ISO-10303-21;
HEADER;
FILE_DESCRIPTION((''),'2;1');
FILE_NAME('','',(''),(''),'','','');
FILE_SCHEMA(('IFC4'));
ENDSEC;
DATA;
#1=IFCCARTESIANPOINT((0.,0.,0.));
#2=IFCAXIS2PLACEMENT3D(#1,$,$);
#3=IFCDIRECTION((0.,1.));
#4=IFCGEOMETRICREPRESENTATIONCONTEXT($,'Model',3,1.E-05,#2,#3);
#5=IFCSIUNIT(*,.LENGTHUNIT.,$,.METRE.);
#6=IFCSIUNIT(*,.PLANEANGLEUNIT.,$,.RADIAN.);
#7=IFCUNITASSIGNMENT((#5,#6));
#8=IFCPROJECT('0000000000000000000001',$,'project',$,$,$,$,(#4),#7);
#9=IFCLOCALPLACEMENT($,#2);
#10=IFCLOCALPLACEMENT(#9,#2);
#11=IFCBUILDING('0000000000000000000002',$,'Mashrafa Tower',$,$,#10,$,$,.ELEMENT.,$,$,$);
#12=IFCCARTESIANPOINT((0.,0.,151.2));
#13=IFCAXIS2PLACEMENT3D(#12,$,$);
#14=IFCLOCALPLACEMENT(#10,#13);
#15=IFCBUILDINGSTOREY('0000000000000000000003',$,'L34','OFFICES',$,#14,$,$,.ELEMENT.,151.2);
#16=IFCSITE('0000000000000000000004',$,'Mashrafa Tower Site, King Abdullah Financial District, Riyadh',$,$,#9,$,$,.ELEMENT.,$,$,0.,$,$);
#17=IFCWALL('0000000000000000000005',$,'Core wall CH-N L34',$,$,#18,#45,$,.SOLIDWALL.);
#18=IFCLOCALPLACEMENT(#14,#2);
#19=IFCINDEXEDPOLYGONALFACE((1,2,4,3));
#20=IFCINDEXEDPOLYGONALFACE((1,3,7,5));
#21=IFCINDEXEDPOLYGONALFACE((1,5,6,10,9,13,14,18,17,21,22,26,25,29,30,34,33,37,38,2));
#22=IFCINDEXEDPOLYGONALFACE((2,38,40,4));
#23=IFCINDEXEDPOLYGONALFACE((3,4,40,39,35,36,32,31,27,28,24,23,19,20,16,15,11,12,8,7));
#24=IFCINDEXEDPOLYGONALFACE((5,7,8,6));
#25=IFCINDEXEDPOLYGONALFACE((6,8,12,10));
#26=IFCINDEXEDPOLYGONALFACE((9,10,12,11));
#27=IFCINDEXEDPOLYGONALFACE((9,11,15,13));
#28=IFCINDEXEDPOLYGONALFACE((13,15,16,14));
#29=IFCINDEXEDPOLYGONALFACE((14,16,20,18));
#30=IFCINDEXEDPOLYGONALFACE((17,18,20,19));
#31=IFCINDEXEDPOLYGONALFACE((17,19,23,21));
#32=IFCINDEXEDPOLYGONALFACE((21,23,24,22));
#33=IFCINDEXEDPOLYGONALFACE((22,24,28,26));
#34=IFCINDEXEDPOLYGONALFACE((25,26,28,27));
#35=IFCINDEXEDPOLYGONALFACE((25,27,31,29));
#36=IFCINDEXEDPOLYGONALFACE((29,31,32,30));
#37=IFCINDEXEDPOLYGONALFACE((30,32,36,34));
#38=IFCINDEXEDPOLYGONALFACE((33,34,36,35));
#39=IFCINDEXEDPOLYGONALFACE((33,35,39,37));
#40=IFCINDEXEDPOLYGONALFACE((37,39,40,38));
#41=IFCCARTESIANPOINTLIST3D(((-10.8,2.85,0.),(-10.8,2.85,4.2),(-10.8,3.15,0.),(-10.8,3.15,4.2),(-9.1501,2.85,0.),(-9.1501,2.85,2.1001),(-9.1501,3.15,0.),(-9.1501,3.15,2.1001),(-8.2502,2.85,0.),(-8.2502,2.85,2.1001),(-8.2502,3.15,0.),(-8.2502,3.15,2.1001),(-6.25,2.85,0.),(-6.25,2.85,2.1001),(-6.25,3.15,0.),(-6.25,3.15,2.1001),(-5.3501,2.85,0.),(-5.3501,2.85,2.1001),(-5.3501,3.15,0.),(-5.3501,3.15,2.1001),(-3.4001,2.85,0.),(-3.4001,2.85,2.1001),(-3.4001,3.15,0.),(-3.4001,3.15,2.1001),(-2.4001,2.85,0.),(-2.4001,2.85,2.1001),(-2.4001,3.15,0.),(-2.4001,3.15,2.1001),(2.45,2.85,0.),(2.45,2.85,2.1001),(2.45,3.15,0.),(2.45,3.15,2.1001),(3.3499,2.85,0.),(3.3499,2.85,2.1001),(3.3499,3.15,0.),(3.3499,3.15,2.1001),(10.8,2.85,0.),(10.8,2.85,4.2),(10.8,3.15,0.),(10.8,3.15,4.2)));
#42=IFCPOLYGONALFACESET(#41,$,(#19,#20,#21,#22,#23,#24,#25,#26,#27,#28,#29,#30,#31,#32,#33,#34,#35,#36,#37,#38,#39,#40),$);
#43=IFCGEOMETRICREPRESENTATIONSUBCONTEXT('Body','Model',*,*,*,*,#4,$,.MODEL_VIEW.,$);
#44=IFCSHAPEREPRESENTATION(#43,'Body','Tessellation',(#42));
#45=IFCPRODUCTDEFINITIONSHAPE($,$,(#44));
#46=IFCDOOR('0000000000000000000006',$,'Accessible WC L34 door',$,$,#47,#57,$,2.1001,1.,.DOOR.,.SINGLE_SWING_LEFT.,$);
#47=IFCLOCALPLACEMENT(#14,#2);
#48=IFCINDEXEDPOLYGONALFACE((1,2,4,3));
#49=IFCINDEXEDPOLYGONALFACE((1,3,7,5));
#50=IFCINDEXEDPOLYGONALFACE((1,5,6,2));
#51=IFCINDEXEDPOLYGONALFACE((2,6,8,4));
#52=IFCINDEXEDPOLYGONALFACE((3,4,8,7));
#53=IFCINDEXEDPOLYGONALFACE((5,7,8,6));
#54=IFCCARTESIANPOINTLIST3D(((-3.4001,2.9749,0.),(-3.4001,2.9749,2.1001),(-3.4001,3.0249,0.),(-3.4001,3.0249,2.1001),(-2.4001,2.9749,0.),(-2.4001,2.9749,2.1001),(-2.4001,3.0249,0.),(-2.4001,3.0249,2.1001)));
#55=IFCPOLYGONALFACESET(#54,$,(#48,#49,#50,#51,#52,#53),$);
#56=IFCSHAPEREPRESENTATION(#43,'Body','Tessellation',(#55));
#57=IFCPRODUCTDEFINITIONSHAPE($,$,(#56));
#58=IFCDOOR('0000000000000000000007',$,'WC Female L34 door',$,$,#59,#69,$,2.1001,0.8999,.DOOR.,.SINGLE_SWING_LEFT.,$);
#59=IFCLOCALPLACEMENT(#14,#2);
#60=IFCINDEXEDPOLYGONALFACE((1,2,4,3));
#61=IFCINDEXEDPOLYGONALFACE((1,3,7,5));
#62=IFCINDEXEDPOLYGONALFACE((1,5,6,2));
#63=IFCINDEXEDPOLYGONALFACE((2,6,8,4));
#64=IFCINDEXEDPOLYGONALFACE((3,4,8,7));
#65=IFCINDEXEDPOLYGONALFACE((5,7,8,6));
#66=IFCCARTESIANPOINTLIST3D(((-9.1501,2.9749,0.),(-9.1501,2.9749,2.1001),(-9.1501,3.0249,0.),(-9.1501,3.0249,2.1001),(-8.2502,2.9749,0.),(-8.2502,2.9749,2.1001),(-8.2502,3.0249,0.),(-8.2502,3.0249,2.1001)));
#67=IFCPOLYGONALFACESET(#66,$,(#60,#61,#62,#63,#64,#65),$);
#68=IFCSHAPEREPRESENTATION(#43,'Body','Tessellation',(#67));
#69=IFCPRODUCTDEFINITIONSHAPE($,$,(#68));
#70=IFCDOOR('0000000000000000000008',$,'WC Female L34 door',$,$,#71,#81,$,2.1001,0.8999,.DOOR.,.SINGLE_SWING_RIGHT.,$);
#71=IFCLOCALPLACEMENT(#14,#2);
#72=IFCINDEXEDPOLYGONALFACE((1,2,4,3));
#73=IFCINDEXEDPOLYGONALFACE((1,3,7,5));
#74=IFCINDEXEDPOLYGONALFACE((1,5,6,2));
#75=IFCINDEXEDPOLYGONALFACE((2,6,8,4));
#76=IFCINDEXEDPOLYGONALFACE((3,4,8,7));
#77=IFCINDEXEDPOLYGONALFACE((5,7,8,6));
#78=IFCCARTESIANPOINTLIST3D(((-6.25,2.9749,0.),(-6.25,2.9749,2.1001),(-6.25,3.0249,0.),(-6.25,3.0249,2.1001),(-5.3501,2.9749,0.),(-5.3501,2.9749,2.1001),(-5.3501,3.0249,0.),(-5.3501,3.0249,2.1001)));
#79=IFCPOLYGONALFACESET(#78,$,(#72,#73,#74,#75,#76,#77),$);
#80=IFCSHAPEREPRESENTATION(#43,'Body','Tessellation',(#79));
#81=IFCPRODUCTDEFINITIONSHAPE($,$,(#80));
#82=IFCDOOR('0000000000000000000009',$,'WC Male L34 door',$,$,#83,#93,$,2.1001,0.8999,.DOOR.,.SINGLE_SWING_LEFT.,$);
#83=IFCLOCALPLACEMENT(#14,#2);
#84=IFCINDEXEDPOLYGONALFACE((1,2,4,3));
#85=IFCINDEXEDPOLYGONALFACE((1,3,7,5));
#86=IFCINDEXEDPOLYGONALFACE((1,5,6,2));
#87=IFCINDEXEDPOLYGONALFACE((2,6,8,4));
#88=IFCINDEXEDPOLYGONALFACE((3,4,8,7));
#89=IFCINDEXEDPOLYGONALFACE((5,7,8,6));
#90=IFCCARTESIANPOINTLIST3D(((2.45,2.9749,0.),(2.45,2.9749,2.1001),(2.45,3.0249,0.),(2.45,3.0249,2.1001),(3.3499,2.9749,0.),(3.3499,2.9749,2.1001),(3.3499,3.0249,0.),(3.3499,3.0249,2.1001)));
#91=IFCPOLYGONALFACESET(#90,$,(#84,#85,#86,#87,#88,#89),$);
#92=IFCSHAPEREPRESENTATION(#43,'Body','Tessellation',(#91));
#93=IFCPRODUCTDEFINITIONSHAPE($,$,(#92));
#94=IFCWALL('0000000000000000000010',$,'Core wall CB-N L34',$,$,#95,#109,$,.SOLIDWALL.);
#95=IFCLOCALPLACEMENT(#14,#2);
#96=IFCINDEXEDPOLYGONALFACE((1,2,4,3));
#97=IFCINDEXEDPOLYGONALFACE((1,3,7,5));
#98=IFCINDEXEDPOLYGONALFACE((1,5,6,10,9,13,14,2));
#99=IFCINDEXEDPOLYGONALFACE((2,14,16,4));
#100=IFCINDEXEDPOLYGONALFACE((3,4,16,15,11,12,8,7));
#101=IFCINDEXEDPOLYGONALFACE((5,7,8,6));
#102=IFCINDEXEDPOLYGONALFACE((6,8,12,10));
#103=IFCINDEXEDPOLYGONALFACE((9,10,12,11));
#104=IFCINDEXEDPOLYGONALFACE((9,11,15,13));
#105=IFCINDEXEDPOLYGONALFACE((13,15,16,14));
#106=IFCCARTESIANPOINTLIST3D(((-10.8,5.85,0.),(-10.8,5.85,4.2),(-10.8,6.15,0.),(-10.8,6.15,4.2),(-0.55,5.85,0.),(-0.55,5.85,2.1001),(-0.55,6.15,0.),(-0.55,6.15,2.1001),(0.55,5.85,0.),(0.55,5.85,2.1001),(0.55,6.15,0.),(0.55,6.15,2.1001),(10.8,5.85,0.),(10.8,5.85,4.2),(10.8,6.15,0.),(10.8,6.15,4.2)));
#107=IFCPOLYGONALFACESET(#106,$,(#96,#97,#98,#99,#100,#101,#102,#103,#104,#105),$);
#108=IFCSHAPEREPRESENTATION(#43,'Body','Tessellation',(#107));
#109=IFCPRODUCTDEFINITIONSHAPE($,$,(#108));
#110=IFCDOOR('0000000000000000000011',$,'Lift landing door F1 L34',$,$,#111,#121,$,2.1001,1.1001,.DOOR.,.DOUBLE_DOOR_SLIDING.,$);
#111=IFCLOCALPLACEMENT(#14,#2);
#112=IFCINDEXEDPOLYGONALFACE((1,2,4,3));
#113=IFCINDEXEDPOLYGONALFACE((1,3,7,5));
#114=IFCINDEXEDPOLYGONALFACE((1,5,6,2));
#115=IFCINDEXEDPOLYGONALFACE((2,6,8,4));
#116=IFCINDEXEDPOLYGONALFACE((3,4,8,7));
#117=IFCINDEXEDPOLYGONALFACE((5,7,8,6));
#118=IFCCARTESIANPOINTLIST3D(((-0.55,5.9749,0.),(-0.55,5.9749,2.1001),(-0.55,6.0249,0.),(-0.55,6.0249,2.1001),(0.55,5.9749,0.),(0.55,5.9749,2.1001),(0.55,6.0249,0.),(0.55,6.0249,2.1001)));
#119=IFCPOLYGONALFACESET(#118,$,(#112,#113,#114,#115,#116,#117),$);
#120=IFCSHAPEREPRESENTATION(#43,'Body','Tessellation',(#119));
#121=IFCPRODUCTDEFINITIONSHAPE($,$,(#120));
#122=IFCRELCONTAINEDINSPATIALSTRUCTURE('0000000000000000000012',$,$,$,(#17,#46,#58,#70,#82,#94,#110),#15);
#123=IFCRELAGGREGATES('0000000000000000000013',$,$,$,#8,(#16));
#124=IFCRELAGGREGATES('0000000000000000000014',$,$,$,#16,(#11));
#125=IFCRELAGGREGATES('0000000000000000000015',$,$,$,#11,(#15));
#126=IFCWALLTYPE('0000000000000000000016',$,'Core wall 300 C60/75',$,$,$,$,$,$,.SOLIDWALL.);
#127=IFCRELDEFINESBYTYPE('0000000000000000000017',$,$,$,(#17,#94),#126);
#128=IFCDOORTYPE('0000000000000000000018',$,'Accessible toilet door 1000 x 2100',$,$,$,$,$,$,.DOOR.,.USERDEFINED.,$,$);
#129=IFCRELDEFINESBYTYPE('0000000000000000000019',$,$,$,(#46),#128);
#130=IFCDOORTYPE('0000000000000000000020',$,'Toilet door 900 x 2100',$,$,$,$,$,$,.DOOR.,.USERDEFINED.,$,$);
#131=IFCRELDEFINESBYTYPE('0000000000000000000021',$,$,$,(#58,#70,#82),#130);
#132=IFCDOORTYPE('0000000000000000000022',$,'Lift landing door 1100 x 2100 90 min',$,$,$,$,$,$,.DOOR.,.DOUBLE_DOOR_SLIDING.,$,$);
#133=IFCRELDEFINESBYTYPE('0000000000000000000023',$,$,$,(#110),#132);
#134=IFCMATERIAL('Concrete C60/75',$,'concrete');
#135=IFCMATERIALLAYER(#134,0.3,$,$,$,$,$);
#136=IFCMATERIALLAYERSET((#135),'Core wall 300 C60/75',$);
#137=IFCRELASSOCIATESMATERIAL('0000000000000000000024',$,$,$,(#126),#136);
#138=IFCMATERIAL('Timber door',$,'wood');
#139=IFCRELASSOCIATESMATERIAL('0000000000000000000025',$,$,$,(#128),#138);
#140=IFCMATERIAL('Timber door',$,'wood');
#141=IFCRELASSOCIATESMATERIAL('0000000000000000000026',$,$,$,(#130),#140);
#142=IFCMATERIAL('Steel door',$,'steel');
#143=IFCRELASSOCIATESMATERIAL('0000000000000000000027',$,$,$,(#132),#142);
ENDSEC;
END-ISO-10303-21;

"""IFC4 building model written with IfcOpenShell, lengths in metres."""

from ifc_helpers import new_model, si_unit, direction, frame, frame_2d, origin, place, context, subcontext, project, spatial, rectangle, extrude, material, layer, layer_set, type_object, element, fill, save


model = new_model("IFC4")

# Units and contexts
model_context = context("Model", 3, precision=1e-05, world=origin(), true_north=direction((0.0, 1.0)))
body_context = subcontext(model_context, "Body", "Model", "MODEL_VIEW")
ifc_project = project(units=[si_unit("LENGTHUNIT", "METRE"), si_unit("PLANEANGLEUNIT", "RADIAN")], contexts=[model_context])

# Site, building, storey
site_placement = place(None, origin())
site = spatial("IfcSite", under=ifc_project, at=site_placement, Name="Mashrafa Tower Site, King Abdullah Financial District, Riyadh", CompositionType="ELEMENT", RefElevation=0.0)
building_placement = place(site_placement, origin())
building = spatial("IfcBuilding", under=site, at=building_placement, Name="Mashrafa Tower", CompositionType="ELEMENT")
storey_placement = place(building_placement, frame((0.0, 0.0, 151.2)))
storey = spatial("IfcBuildingStorey", under=building, at=storey_placement, Name="L34", Description="OFFICES", CompositionType="ELEMENT", Elevation=151.2)

# Wall, openings, doors
ifc_material_1 = material(Name="Concrete C60/75", Category="concrete")
ifc_layer_1 = layer(ifc_material_1, 0.3)
ifc_layer_set_1 = layer_set([ifc_layer_1], Name="Core wall 300 C60/75")
wall_type_1 = type_object("IfcWallType", Name="Core wall 300 C60/75", PredefinedType="SOLIDWALL", material=ifc_layer_set_1)
wall_1_placement = place(storey_placement, frame((-10.8, 3.0, 0.0), z_axis=(0.0, 0.0, 1.0), x_axis=(1.0, 0.0, 0.0)))
wall_1 = element("IfcWall", 1, at=wall_1_placement, inside=storey, type_object=wall_type_1, Name="Core wall CH-N L34", PredefinedType="SOLIDWALL", context=body_context, shape_type="SweptSolid", body=[
    extrude(rectangle(XDim=21.6001, YDim=0.3, at=frame_2d((10.8, 0.0))), origin(), (0.0, 0.0, 1.0), 4.2),
])
opening_1_placement = place(wall_1_placement, frame((1.6499, 0.0, 0.0)))
opening_1 = element("IfcOpeningElement", 2, at=opening_1_placement, cuts=wall_1, PredefinedType="OPENING", context=body_context, shape_type="SweptSolid", body=[
    extrude(rectangle(XDim=0.8999, YDim=2.1001, at=frame_2d((0.45, 1.05))), frame((0.0, 0.1599, 0.0), z_axis=(0.0, -1.0, 0.0), x_axis=(1.0, 0.0, 0.0)), (0.0, 0.0, 1.0), 0.3201),
])
opening_2_placement = place(wall_1_placement, frame((4.55, 0.0, 0.0)))
opening_2 = element("IfcOpeningElement", 3, at=opening_2_placement, cuts=wall_1, PredefinedType="OPENING", context=body_context, shape_type="SweptSolid", body=[
    extrude(rectangle(XDim=0.8999, YDim=2.1001, at=frame_2d((0.45, 1.05))), frame((0.0, 0.1599, 0.0), z_axis=(0.0, -1.0, 0.0), x_axis=(1.0, 0.0, 0.0)), (0.0, 0.0, 1.0), 0.3201),
])
opening_3_placement = place(wall_1_placement, frame((7.3999, 0.0, 0.0)))
opening_3 = element("IfcOpeningElement", 4, at=opening_3_placement, cuts=wall_1, PredefinedType="OPENING", context=body_context, shape_type="SweptSolid", body=[
    extrude(rectangle(XDim=1.0, YDim=2.1001, at=frame_2d((0.5, 1.05))), frame((0.0, 0.1599, 0.0), z_axis=(0.0, -1.0, 0.0), x_axis=(1.0, 0.0, 0.0)), (0.0, 0.0, 1.0), 0.3201),
])
opening_4_placement = place(wall_1_placement, frame((13.25, 0.0, 0.0)))
opening_4 = element("IfcOpeningElement", 5, at=opening_4_placement, cuts=wall_1, PredefinedType="OPENING", context=body_context, shape_type="SweptSolid", body=[
    extrude(rectangle(XDim=0.8999, YDim=2.1001, at=frame_2d((0.45, 1.05))), frame((0.0, 0.1599, 0.0), z_axis=(0.0, -1.0, 0.0), x_axis=(1.0, 0.0, 0.0)), (0.0, 0.0, 1.0), 0.3201),
])
ifc_material_2 = material(Name="Timber door", Category="wood")
door_type_1 = type_object("IfcDoorType", Name="Accessible toilet door 1000 x 2100", OperationType="USERDEFINED", PredefinedType="DOOR", material=ifc_material_2)
door_1_placement = place(opening_3_placement, origin())
door_1 = element("IfcDoor", 6, at=door_1_placement, inside=storey, type_object=door_type_1, Name="Accessible WC L34 door", OperationType="SINGLE_SWING_LEFT", OverallHeight=2.1001, OverallWidth=1.0, PredefinedType="DOOR", context=body_context, shape_type="SweptSolid", body=[
    extrude(rectangle(XDim=1.0, YDim=2.1001, at=frame_2d((0.5, 1.05))), frame((0.0, 0.0249, 0.0), z_axis=(0.0, -1.0, 0.0), x_axis=(1.0, 0.0, 0.0)), (0.0, 0.0, 1.0), 0.05),
])
fill(opening_3, door_1)
ifc_material_3 = material(Name="Timber door", Category="wood")
door_type_2 = type_object("IfcDoorType", Name="Toilet door 900 x 2100", OperationType="USERDEFINED", PredefinedType="DOOR", material=ifc_material_3)
door_2_placement = place(opening_1_placement, origin())
door_2 = element("IfcDoor", 7, at=door_2_placement, inside=storey, type_object=door_type_2, Name="WC Female L34 door", OperationType="SINGLE_SWING_LEFT", OverallHeight=2.1001, OverallWidth=0.8999, PredefinedType="DOOR", context=body_context, shape_type="SweptSolid", body=[
    extrude(rectangle(XDim=0.8999, YDim=2.1001, at=frame_2d((0.45, 1.05))), frame((0.0, 0.0249, 0.0), z_axis=(0.0, -1.0, 0.0), x_axis=(1.0, 0.0, 0.0)), (0.0, 0.0, 1.0), 0.05),
])
fill(opening_1, door_2)
door_3_placement = place(opening_2_placement, origin())
door_3 = element("IfcDoor", 8, at=door_3_placement, inside=storey, type_object=door_type_2, Name="WC Female L34 door", OperationType="SINGLE_SWING_RIGHT", OverallHeight=2.1001, OverallWidth=0.8999, PredefinedType="DOOR", context=body_context, shape_type="SweptSolid", body=[
    extrude(rectangle(XDim=0.8999, YDim=2.1001, at=frame_2d((0.45, 1.05))), frame((0.0, 0.0249, 0.0), z_axis=(0.0, -1.0, 0.0), x_axis=(1.0, 0.0, 0.0)), (0.0, 0.0, 1.0), 0.05),
])
fill(opening_2, door_3)
door_4_placement = place(opening_4_placement, origin())
door_4 = element("IfcDoor", 9, at=door_4_placement, inside=storey, type_object=door_type_2, Name="WC Male L34 door", OperationType="SINGLE_SWING_LEFT", OverallHeight=2.1001, OverallWidth=0.8999, PredefinedType="DOOR", context=body_context, shape_type="SweptSolid", body=[
    extrude(rectangle(XDim=0.8999, YDim=2.1001, at=frame_2d((0.45, 1.05))), frame((0.0, 0.0249, 0.0), z_axis=(0.0, -1.0, 0.0), x_axis=(1.0, 0.0, 0.0)), (0.0, 0.0, 1.0), 0.05),
])
fill(opening_4, door_4)

# Wall, opening, door
wall_2_placement = place(storey_placement, frame((-10.8, 6.0, 0.0), z_axis=(0.0, 0.0, 1.0), x_axis=(1.0, 0.0, 0.0)))
wall_2 = element("IfcWall", 10, at=wall_2_placement, inside=storey, type_object=wall_type_1, Name="Core wall CB-N L34", PredefinedType="SOLIDWALL", context=body_context, shape_type="SweptSolid", body=[
    extrude(rectangle(XDim=21.6001, YDim=0.3, at=frame_2d((10.8, 0.0))), origin(), (0.0, 0.0, 1.0), 4.2),
])
opening_5_placement = place(wall_2_placement, frame((10.25, 0.0, 0.0)))
opening_5 = element("IfcOpeningElement", 11, at=opening_5_placement, cuts=wall_2, PredefinedType="OPENING", context=body_context, shape_type="SweptSolid", body=[
    extrude(rectangle(XDim=1.1001, YDim=2.1001, at=frame_2d((0.55, 1.05))), frame((0.0, 0.1599, 0.0), z_axis=(0.0, -1.0, 0.0), x_axis=(1.0, 0.0, 0.0)), (0.0, 0.0, 1.0), 0.3201),
])
ifc_material_4 = material(Name="Steel door", Category="steel")
door_type_3 = type_object("IfcDoorType", Name="Lift landing door 1100 x 2100 90 min", OperationType="DOUBLE_DOOR_SLIDING", PredefinedType="DOOR", material=ifc_material_4)
door_5_placement = place(opening_5_placement, origin())
door_5 = element("IfcDoor", 12, at=door_5_placement, inside=storey, type_object=door_type_3, Name="Lift landing door F1 L34", OperationType="DOUBLE_DOOR_SLIDING", OverallHeight=2.1001, OverallWidth=1.1001, PredefinedType="DOOR", context=body_context, shape_type="SweptSolid", body=[
    extrude(rectangle(XDim=1.1001, YDim=2.1001, at=frame_2d((0.55, 1.05))), frame((0.0, 0.0249, 0.0), z_axis=(0.0, -1.0, 0.0), x_axis=(1.0, 0.0, 0.0)), (0.0, 0.0, 1.0), 0.05),
])
fill(opening_5, door_5)

save(model, "model.ifc")
